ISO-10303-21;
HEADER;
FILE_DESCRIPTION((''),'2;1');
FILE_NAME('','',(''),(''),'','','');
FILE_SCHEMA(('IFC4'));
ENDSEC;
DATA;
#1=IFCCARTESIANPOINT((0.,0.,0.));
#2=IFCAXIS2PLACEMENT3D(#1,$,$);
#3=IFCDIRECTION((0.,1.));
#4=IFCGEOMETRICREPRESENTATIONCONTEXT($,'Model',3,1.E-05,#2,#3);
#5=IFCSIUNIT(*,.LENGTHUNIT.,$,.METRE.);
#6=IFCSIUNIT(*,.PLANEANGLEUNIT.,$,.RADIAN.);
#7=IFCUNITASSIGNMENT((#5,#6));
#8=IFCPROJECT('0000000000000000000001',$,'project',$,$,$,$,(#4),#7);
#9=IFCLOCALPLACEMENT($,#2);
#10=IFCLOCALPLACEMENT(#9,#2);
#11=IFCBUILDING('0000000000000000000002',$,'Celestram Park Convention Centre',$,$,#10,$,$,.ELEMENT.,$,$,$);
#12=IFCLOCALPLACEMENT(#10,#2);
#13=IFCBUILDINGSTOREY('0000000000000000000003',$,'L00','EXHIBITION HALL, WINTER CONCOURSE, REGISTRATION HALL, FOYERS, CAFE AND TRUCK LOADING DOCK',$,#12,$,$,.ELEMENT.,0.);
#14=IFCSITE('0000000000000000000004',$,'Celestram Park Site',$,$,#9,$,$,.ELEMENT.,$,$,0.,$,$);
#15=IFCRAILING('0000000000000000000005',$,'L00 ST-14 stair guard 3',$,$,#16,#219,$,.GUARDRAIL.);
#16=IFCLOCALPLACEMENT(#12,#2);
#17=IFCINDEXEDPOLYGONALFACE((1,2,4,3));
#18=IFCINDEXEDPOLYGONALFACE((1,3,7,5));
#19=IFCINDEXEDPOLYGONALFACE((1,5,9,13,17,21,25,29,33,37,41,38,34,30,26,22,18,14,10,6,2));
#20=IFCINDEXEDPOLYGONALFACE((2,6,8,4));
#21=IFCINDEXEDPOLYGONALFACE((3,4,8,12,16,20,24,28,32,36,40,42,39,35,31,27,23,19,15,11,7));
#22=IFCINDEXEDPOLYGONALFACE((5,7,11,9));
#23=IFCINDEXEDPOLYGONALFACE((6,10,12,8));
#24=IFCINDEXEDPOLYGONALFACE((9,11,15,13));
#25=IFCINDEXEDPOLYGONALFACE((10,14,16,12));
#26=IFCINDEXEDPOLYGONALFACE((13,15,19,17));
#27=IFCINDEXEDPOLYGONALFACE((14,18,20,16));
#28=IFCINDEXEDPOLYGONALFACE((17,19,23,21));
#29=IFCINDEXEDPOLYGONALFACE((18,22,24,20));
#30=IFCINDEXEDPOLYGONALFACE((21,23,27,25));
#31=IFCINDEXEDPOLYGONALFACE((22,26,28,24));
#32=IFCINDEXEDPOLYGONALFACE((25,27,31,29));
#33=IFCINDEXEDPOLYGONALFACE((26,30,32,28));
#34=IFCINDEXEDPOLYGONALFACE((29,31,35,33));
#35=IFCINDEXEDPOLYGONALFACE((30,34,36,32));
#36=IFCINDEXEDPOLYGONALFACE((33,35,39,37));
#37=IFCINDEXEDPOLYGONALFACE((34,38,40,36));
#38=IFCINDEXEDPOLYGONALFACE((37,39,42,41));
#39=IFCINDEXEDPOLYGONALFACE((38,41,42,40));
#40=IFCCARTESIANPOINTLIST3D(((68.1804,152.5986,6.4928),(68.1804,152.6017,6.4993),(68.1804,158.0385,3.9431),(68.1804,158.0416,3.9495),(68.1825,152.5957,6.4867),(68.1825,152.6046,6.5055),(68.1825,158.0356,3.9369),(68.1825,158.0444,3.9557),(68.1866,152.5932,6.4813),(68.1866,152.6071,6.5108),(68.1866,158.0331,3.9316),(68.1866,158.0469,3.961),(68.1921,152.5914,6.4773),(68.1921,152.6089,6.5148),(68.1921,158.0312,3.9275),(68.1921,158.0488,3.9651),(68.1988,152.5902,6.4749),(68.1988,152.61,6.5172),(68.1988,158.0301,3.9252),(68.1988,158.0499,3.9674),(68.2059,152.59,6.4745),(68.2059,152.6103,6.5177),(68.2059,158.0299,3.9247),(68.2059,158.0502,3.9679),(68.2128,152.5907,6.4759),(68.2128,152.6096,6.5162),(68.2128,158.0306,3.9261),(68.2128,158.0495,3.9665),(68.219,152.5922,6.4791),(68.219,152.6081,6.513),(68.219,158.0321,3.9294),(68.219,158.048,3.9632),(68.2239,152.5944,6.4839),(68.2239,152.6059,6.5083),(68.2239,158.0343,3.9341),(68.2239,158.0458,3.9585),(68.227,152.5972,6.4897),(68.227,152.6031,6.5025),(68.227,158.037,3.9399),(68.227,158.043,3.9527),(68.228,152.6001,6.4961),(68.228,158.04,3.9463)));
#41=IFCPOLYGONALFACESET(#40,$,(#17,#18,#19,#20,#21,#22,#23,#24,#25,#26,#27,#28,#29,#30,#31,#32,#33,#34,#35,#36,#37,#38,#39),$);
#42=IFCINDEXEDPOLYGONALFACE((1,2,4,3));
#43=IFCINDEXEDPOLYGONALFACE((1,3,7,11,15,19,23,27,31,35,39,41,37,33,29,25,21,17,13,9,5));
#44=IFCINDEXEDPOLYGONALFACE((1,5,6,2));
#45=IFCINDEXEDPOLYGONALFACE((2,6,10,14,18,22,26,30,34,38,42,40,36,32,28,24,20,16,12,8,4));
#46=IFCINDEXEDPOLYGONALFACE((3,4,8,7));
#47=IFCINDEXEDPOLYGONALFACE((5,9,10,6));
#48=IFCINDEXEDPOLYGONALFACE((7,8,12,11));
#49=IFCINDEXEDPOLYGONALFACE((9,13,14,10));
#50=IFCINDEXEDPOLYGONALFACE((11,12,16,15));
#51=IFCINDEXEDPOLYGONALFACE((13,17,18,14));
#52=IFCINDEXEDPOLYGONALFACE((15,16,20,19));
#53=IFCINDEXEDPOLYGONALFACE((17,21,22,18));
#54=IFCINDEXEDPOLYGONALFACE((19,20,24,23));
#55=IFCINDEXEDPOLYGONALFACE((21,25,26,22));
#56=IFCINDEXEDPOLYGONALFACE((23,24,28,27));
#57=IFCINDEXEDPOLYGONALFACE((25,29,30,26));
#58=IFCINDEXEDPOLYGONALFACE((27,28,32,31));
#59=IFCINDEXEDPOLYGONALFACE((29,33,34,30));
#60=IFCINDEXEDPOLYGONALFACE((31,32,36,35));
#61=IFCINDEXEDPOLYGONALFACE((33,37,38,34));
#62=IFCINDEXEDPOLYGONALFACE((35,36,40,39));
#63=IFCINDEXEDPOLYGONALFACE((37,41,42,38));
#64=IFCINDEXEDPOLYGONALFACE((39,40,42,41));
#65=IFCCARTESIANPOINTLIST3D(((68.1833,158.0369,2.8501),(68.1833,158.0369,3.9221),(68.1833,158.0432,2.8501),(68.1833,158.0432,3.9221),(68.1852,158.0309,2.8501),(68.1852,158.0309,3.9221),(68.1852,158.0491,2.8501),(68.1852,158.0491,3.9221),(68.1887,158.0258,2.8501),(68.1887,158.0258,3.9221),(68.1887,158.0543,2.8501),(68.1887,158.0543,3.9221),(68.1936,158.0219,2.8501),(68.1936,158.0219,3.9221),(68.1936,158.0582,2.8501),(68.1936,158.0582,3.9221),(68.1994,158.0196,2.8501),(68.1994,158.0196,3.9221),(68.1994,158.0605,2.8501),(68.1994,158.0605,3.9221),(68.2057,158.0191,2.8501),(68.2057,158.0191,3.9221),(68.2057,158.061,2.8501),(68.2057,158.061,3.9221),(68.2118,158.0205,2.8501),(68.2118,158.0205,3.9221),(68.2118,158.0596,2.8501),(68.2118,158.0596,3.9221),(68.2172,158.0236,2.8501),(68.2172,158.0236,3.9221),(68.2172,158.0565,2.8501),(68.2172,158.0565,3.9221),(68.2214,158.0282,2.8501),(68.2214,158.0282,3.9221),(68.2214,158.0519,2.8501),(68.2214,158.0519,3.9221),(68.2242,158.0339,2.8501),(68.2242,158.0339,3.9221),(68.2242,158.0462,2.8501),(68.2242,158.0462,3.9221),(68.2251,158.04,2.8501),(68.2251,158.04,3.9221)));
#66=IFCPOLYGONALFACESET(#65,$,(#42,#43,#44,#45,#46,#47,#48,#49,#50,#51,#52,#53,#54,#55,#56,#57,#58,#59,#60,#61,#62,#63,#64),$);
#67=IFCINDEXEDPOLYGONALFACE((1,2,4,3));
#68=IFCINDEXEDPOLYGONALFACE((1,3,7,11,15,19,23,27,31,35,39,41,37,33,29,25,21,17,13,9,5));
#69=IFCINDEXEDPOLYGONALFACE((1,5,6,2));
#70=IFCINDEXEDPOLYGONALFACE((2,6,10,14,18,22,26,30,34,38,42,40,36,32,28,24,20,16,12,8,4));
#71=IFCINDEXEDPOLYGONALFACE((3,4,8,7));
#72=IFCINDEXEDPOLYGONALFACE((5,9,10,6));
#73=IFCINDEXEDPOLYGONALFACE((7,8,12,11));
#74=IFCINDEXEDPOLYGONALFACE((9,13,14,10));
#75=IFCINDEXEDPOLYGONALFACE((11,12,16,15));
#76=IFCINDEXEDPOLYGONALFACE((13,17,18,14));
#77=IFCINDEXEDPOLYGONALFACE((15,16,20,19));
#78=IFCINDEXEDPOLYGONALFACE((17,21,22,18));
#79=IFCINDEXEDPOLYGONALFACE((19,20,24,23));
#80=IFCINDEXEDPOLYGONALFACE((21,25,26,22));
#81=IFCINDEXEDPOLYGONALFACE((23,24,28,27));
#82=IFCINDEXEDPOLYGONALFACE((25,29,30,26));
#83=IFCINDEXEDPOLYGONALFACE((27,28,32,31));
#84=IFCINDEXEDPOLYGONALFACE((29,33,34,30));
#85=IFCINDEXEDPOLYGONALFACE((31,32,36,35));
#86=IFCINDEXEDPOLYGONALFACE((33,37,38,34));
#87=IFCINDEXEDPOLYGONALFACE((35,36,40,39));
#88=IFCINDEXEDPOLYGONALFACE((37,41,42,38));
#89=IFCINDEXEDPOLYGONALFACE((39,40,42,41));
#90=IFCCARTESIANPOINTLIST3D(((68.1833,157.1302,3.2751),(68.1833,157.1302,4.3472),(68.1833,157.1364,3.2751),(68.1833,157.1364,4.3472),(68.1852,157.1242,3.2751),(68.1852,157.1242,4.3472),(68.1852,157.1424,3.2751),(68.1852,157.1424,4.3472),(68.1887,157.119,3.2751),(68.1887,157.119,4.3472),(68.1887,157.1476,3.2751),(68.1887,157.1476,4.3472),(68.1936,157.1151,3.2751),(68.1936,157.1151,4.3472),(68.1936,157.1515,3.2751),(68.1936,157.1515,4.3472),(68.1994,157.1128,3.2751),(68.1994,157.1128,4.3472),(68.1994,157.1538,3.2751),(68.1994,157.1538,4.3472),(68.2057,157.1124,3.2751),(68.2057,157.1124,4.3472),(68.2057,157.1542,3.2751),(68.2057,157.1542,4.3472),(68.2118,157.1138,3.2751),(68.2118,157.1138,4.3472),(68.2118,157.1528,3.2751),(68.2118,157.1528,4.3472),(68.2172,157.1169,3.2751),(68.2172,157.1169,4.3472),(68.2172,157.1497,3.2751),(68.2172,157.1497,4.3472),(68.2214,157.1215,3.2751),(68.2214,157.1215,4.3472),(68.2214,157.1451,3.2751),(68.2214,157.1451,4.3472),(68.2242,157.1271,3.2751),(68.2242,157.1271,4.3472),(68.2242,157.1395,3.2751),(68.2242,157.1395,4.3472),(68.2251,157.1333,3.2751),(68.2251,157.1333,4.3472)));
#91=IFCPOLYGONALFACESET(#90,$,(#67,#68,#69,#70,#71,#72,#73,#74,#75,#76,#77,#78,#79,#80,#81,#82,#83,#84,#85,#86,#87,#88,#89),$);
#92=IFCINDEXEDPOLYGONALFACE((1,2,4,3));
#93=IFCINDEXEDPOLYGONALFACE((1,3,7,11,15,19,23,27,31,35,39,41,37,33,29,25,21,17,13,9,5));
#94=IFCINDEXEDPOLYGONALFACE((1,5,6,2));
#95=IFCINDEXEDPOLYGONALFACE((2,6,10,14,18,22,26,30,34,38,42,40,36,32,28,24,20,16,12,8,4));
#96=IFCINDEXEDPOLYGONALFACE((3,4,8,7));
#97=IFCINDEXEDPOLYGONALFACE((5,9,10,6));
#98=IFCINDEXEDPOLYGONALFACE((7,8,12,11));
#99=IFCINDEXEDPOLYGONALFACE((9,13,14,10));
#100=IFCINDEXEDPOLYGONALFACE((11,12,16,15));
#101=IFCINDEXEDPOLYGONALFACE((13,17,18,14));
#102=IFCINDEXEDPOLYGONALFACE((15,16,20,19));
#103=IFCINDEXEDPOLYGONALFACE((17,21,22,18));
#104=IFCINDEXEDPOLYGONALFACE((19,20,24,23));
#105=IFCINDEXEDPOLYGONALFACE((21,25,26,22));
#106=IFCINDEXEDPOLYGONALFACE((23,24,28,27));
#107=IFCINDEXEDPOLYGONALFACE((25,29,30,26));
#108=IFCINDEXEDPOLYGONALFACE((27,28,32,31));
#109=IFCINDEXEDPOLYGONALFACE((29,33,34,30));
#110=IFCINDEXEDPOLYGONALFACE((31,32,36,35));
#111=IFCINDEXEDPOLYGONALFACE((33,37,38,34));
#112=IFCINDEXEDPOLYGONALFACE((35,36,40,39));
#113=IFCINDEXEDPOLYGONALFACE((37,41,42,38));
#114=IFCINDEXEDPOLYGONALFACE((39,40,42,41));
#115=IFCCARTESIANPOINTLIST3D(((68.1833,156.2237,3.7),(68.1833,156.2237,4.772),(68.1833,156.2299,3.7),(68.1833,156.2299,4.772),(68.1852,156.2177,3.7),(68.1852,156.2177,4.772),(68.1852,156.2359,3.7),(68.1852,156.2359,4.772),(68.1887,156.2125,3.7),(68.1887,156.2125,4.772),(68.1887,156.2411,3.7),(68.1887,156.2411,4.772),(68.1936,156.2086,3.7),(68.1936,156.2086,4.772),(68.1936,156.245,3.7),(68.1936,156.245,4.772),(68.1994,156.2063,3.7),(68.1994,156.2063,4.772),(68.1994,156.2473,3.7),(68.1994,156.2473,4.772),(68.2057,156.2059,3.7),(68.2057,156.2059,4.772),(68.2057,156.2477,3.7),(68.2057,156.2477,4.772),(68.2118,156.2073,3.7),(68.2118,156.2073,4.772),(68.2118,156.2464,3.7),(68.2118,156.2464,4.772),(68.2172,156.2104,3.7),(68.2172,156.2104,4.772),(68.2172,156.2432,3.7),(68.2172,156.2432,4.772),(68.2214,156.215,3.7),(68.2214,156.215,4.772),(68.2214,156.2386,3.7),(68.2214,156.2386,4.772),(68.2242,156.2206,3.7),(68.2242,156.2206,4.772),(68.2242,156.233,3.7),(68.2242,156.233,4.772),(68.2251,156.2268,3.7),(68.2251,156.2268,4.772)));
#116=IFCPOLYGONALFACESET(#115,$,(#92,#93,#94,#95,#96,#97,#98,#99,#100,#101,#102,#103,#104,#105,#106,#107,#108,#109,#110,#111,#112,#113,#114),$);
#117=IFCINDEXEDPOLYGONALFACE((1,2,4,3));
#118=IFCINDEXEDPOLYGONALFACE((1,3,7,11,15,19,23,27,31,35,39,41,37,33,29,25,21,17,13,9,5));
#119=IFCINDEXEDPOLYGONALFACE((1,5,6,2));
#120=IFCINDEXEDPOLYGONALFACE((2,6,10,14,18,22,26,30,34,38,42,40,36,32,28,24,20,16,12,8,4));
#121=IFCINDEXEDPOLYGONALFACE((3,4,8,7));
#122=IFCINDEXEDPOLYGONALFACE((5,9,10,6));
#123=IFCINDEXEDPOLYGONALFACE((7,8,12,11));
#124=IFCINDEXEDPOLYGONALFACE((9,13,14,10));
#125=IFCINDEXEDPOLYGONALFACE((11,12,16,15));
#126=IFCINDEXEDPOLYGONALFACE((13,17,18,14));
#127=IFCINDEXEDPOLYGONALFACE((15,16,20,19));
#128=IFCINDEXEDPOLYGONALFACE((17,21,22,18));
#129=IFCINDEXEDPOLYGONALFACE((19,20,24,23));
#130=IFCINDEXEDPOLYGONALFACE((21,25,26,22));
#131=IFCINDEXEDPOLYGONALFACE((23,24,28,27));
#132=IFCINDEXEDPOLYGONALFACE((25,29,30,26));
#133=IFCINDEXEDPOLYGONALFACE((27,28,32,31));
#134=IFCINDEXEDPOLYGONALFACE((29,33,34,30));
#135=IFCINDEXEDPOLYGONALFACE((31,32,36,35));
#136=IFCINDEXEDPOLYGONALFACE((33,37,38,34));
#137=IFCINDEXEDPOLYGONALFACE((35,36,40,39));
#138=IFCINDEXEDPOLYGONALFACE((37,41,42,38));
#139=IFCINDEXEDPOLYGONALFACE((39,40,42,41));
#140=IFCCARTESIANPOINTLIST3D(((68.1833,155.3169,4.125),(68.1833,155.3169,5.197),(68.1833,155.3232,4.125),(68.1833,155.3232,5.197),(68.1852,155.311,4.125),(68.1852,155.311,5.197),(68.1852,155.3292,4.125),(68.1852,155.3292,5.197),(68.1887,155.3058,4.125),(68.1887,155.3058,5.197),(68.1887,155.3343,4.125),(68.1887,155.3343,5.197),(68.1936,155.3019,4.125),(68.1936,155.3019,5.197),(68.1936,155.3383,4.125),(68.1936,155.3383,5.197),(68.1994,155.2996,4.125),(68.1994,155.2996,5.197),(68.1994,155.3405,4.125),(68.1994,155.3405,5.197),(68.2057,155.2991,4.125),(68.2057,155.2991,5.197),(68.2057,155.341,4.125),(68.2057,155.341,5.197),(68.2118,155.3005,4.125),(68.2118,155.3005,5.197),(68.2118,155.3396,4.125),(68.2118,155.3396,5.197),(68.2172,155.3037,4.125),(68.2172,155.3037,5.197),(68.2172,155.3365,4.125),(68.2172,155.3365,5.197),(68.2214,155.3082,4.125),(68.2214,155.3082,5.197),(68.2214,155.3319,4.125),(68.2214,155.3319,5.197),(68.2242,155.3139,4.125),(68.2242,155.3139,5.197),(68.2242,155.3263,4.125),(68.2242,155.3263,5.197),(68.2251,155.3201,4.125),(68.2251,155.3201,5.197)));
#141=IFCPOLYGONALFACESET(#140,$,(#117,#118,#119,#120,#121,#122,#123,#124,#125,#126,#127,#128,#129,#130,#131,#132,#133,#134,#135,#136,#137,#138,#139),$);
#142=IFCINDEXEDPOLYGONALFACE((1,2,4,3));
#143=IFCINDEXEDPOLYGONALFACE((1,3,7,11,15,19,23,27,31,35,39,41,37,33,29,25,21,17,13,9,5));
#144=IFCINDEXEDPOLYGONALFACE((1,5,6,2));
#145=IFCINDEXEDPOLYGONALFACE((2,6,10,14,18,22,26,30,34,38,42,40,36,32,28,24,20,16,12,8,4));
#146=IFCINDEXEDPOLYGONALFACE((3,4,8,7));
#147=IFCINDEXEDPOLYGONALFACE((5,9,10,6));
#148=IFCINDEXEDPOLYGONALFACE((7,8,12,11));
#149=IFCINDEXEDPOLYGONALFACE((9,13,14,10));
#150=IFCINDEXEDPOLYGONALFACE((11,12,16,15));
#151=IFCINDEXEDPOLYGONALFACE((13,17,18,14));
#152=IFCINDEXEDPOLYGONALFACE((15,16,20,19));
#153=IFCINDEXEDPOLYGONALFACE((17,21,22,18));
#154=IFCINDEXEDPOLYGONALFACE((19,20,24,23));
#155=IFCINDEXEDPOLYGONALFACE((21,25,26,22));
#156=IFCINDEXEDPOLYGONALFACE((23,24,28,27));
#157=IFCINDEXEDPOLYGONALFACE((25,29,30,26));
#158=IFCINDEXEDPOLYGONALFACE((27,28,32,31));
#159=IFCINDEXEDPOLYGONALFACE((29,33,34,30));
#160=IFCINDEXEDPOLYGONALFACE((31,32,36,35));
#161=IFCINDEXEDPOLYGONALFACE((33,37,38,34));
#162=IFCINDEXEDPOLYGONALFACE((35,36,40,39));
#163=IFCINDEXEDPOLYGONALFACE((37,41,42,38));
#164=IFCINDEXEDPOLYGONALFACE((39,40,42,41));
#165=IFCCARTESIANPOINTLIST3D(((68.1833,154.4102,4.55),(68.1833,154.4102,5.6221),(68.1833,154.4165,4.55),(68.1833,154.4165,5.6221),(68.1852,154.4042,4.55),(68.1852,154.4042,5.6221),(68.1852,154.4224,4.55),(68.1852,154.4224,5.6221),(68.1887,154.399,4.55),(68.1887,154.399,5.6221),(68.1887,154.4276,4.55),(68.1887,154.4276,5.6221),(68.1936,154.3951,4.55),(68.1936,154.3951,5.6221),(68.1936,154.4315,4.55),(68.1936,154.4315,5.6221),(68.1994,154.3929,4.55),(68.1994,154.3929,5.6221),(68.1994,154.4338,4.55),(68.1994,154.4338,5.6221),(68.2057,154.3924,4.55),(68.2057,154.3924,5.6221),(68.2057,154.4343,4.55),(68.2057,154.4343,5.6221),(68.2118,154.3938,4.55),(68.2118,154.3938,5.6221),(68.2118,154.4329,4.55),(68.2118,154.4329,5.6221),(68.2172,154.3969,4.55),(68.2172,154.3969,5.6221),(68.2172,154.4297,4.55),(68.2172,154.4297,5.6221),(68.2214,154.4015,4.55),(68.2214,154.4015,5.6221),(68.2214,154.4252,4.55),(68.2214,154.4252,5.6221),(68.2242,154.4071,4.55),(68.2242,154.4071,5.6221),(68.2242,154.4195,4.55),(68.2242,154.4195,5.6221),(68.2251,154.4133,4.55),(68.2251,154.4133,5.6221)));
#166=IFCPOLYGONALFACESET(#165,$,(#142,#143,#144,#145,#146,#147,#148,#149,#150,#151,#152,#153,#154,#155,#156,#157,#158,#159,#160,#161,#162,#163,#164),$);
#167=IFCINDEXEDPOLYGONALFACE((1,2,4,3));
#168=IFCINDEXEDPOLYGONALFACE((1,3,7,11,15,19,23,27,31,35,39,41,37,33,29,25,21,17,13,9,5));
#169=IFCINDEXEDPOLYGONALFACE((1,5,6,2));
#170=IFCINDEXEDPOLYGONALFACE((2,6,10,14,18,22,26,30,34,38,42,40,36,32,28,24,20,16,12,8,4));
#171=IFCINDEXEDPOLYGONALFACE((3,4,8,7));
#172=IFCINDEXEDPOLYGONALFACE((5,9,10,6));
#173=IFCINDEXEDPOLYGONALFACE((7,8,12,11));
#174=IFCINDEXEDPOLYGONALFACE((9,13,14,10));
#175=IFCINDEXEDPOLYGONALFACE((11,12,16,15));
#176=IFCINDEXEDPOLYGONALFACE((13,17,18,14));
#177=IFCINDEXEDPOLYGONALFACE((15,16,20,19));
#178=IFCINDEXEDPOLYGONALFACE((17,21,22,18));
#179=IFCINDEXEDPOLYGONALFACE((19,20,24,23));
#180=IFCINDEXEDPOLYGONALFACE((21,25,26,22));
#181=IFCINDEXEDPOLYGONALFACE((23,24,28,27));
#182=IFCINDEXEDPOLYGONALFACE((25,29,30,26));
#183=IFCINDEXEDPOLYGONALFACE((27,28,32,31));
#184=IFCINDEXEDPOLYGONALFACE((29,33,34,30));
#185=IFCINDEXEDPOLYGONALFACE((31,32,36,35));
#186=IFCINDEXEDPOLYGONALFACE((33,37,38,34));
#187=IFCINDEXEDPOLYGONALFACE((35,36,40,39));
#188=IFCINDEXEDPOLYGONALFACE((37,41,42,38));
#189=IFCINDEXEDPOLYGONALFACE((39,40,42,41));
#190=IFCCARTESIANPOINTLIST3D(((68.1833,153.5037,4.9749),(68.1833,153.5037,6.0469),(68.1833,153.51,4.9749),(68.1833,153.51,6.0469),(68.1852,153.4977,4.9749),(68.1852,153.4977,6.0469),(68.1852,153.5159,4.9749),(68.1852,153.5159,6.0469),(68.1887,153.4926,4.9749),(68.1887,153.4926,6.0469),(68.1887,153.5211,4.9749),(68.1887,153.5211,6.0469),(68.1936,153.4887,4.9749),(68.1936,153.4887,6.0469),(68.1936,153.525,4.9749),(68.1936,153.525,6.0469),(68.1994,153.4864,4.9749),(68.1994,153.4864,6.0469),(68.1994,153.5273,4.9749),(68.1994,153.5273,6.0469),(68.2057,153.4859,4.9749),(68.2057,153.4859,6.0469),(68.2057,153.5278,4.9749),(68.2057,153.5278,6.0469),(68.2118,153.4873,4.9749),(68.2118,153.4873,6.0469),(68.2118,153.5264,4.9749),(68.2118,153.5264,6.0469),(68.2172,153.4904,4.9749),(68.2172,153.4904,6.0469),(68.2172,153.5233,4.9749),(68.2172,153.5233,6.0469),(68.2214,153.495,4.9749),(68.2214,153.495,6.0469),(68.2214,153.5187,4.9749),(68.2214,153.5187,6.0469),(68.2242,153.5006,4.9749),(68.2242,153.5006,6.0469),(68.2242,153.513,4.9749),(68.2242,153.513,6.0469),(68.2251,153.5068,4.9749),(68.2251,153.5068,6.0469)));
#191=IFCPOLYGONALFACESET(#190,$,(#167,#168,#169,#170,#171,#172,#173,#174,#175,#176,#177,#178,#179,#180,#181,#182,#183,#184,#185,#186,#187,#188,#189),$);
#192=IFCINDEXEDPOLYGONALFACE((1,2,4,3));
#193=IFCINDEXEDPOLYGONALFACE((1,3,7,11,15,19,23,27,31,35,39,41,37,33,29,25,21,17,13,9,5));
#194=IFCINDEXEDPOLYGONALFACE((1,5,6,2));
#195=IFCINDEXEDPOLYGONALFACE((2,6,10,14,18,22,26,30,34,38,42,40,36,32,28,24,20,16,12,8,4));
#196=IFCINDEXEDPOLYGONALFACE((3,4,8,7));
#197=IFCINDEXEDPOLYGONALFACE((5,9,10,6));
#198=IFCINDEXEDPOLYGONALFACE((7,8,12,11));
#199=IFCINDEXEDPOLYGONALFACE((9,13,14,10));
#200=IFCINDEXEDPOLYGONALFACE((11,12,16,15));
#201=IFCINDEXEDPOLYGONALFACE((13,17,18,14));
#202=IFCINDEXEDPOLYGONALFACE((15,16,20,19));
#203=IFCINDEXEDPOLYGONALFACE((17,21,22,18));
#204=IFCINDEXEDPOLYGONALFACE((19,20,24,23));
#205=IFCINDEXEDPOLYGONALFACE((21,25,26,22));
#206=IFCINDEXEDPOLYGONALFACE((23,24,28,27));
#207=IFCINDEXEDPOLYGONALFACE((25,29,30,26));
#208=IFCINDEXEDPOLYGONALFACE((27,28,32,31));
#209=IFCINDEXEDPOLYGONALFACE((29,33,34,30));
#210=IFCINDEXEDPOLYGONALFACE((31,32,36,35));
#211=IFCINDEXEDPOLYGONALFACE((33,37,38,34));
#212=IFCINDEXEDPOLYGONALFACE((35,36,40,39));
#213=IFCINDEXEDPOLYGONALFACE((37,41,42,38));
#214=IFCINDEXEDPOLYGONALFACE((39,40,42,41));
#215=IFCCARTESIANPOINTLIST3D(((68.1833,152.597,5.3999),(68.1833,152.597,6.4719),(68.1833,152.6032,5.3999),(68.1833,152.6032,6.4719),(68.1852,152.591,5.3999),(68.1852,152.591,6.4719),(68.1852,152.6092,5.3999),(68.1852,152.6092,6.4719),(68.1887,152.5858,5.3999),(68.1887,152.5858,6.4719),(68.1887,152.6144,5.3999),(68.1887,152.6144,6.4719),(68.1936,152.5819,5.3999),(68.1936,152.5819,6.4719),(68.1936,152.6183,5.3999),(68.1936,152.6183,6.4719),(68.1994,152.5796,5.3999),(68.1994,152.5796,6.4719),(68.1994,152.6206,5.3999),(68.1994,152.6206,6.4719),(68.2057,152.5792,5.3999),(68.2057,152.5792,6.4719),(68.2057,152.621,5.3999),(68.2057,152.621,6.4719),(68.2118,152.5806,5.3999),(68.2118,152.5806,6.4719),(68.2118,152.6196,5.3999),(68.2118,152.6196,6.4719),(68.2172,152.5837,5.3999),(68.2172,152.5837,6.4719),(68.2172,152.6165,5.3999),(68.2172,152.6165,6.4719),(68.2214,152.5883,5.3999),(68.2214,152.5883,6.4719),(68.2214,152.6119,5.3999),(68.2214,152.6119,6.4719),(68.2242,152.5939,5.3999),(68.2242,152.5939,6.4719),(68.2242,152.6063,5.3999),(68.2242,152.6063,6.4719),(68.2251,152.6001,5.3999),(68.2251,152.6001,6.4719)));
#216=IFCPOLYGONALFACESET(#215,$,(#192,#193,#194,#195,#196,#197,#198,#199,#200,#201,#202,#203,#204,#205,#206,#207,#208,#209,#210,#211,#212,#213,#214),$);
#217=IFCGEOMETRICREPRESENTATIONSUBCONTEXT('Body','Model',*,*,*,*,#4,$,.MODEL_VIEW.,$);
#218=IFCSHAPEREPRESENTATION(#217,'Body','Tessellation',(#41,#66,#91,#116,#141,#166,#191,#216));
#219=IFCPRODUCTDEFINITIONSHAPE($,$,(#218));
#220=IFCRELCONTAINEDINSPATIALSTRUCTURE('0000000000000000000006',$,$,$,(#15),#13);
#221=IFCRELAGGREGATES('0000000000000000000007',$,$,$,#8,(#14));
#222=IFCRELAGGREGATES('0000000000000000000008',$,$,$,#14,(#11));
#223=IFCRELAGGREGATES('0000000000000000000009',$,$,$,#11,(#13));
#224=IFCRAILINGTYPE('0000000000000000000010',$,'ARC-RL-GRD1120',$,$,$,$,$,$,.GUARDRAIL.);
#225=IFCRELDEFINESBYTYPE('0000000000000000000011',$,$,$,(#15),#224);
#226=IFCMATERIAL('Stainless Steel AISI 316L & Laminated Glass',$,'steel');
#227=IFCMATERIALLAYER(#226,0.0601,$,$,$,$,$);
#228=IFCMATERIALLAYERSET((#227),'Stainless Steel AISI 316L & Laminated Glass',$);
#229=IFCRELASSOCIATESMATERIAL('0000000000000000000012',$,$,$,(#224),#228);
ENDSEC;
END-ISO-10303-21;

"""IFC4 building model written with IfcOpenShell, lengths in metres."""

from ifc_helpers import new_model, si_unit, direction, frame, origin, origin_2d, place, context, subcontext, project, spatial, circle, extrude, material, layer, layer_set, type_object, element, save


model = new_model("IFC4")

# Units and contexts
model_context = context("Model", 3, precision=1e-05, world=origin(), true_north=direction((0.0, 1.0)))
body_context = subcontext(model_context, "Body", "Model", "MODEL_VIEW")
ifc_project = project(units=[si_unit("LENGTHUNIT", "METRE"), si_unit("PLANEANGLEUNIT", "RADIAN")], contexts=[model_context])

# Site, building, storey
site_placement = place(None, origin())
site = spatial("IfcSite", under=ifc_project, at=site_placement, Name="Celestram Park Site", CompositionType="ELEMENT", RefElevation=0.0)
building_placement = place(site_placement, origin())
building = spatial("IfcBuilding", under=site, at=building_placement, Name="Celestram Park Convention Centre", CompositionType="ELEMENT")
storey_placement = place(building_placement, origin())
storey = spatial("IfcBuildingStorey", under=building, at=storey_placement, Name="L00", Description="EXHIBITION HALL, WINTER CONCOURSE, REGISTRATION HALL, FOYERS, CAFE AND TRUCK LOADING DOCK", CompositionType="ELEMENT", Elevation=0.0)

# Railing
ifc_material_1 = material(Name="Stainless Steel AISI 316L & Laminated Glass", Category="steel")
ifc_layer_1 = layer(ifc_material_1, 0.0601)
ifc_layer_set_1 = layer_set([ifc_layer_1], Name="Stainless Steel AISI 316L & Laminated Glass")
railing_type_1 = type_object("IfcRailingType", Name="ARC-RL-GRD1120", PredefinedType="GUARDRAIL", material=ifc_layer_set_1)
railing_1_placement = place(storey_placement, frame((68.2041, 158.04, 2.8501)))
element("IfcRailing", 1, at=railing_1_placement, inside=storey, type_object=railing_type_1, Name="L00 ST-14 stair guard 3", PredefinedType="GUARDRAIL", context=body_context, shape_type="SweptSolid", body=[
    extrude(circle(Radius=0.0239, at=origin_2d()), frame((0.0, 0.0, 1.0962), z_axis=(0.0, -0.90547, 0.424411), x_axis=(1.0, 0.0, 0.0)), (0.0, 0.0, 1.0), 6.0078),
    extrude(circle(Radius=0.021, at=origin_2d()), origin(), (0.0, 0.0, 1.0), 1.072),
    extrude(circle(Radius=0.021, at=origin_2d()), frame((0.0, -0.9067, 0.425)), (0.0, 0.0, 1.0), 1.072),
    extrude(circle(Radius=0.021, at=origin_2d()), frame((0.0, -1.8132, 0.8499)), (0.0, 0.0, 1.0), 1.072),
    extrude(circle(Radius=0.021, at=origin_2d()), frame((0.0, -2.72, 1.2749)), (0.0, 0.0, 1.0), 1.072),
    extrude(circle(Radius=0.021, at=origin_2d()), frame((0.0, -3.6267, 1.7)), (0.0, 0.0, 1.0), 1.072),
    extrude(circle(Radius=0.021, at=origin_2d()), frame((0.0, -4.5332, 2.1248)), (0.0, 0.0, 1.0), 1.072),
    extrude(circle(Radius=0.021, at=origin_2d()), frame((0.0, -5.4399, 2.5498)), (0.0, 0.0, 1.0), 1.072),
])

save(model, "model.ifc")
